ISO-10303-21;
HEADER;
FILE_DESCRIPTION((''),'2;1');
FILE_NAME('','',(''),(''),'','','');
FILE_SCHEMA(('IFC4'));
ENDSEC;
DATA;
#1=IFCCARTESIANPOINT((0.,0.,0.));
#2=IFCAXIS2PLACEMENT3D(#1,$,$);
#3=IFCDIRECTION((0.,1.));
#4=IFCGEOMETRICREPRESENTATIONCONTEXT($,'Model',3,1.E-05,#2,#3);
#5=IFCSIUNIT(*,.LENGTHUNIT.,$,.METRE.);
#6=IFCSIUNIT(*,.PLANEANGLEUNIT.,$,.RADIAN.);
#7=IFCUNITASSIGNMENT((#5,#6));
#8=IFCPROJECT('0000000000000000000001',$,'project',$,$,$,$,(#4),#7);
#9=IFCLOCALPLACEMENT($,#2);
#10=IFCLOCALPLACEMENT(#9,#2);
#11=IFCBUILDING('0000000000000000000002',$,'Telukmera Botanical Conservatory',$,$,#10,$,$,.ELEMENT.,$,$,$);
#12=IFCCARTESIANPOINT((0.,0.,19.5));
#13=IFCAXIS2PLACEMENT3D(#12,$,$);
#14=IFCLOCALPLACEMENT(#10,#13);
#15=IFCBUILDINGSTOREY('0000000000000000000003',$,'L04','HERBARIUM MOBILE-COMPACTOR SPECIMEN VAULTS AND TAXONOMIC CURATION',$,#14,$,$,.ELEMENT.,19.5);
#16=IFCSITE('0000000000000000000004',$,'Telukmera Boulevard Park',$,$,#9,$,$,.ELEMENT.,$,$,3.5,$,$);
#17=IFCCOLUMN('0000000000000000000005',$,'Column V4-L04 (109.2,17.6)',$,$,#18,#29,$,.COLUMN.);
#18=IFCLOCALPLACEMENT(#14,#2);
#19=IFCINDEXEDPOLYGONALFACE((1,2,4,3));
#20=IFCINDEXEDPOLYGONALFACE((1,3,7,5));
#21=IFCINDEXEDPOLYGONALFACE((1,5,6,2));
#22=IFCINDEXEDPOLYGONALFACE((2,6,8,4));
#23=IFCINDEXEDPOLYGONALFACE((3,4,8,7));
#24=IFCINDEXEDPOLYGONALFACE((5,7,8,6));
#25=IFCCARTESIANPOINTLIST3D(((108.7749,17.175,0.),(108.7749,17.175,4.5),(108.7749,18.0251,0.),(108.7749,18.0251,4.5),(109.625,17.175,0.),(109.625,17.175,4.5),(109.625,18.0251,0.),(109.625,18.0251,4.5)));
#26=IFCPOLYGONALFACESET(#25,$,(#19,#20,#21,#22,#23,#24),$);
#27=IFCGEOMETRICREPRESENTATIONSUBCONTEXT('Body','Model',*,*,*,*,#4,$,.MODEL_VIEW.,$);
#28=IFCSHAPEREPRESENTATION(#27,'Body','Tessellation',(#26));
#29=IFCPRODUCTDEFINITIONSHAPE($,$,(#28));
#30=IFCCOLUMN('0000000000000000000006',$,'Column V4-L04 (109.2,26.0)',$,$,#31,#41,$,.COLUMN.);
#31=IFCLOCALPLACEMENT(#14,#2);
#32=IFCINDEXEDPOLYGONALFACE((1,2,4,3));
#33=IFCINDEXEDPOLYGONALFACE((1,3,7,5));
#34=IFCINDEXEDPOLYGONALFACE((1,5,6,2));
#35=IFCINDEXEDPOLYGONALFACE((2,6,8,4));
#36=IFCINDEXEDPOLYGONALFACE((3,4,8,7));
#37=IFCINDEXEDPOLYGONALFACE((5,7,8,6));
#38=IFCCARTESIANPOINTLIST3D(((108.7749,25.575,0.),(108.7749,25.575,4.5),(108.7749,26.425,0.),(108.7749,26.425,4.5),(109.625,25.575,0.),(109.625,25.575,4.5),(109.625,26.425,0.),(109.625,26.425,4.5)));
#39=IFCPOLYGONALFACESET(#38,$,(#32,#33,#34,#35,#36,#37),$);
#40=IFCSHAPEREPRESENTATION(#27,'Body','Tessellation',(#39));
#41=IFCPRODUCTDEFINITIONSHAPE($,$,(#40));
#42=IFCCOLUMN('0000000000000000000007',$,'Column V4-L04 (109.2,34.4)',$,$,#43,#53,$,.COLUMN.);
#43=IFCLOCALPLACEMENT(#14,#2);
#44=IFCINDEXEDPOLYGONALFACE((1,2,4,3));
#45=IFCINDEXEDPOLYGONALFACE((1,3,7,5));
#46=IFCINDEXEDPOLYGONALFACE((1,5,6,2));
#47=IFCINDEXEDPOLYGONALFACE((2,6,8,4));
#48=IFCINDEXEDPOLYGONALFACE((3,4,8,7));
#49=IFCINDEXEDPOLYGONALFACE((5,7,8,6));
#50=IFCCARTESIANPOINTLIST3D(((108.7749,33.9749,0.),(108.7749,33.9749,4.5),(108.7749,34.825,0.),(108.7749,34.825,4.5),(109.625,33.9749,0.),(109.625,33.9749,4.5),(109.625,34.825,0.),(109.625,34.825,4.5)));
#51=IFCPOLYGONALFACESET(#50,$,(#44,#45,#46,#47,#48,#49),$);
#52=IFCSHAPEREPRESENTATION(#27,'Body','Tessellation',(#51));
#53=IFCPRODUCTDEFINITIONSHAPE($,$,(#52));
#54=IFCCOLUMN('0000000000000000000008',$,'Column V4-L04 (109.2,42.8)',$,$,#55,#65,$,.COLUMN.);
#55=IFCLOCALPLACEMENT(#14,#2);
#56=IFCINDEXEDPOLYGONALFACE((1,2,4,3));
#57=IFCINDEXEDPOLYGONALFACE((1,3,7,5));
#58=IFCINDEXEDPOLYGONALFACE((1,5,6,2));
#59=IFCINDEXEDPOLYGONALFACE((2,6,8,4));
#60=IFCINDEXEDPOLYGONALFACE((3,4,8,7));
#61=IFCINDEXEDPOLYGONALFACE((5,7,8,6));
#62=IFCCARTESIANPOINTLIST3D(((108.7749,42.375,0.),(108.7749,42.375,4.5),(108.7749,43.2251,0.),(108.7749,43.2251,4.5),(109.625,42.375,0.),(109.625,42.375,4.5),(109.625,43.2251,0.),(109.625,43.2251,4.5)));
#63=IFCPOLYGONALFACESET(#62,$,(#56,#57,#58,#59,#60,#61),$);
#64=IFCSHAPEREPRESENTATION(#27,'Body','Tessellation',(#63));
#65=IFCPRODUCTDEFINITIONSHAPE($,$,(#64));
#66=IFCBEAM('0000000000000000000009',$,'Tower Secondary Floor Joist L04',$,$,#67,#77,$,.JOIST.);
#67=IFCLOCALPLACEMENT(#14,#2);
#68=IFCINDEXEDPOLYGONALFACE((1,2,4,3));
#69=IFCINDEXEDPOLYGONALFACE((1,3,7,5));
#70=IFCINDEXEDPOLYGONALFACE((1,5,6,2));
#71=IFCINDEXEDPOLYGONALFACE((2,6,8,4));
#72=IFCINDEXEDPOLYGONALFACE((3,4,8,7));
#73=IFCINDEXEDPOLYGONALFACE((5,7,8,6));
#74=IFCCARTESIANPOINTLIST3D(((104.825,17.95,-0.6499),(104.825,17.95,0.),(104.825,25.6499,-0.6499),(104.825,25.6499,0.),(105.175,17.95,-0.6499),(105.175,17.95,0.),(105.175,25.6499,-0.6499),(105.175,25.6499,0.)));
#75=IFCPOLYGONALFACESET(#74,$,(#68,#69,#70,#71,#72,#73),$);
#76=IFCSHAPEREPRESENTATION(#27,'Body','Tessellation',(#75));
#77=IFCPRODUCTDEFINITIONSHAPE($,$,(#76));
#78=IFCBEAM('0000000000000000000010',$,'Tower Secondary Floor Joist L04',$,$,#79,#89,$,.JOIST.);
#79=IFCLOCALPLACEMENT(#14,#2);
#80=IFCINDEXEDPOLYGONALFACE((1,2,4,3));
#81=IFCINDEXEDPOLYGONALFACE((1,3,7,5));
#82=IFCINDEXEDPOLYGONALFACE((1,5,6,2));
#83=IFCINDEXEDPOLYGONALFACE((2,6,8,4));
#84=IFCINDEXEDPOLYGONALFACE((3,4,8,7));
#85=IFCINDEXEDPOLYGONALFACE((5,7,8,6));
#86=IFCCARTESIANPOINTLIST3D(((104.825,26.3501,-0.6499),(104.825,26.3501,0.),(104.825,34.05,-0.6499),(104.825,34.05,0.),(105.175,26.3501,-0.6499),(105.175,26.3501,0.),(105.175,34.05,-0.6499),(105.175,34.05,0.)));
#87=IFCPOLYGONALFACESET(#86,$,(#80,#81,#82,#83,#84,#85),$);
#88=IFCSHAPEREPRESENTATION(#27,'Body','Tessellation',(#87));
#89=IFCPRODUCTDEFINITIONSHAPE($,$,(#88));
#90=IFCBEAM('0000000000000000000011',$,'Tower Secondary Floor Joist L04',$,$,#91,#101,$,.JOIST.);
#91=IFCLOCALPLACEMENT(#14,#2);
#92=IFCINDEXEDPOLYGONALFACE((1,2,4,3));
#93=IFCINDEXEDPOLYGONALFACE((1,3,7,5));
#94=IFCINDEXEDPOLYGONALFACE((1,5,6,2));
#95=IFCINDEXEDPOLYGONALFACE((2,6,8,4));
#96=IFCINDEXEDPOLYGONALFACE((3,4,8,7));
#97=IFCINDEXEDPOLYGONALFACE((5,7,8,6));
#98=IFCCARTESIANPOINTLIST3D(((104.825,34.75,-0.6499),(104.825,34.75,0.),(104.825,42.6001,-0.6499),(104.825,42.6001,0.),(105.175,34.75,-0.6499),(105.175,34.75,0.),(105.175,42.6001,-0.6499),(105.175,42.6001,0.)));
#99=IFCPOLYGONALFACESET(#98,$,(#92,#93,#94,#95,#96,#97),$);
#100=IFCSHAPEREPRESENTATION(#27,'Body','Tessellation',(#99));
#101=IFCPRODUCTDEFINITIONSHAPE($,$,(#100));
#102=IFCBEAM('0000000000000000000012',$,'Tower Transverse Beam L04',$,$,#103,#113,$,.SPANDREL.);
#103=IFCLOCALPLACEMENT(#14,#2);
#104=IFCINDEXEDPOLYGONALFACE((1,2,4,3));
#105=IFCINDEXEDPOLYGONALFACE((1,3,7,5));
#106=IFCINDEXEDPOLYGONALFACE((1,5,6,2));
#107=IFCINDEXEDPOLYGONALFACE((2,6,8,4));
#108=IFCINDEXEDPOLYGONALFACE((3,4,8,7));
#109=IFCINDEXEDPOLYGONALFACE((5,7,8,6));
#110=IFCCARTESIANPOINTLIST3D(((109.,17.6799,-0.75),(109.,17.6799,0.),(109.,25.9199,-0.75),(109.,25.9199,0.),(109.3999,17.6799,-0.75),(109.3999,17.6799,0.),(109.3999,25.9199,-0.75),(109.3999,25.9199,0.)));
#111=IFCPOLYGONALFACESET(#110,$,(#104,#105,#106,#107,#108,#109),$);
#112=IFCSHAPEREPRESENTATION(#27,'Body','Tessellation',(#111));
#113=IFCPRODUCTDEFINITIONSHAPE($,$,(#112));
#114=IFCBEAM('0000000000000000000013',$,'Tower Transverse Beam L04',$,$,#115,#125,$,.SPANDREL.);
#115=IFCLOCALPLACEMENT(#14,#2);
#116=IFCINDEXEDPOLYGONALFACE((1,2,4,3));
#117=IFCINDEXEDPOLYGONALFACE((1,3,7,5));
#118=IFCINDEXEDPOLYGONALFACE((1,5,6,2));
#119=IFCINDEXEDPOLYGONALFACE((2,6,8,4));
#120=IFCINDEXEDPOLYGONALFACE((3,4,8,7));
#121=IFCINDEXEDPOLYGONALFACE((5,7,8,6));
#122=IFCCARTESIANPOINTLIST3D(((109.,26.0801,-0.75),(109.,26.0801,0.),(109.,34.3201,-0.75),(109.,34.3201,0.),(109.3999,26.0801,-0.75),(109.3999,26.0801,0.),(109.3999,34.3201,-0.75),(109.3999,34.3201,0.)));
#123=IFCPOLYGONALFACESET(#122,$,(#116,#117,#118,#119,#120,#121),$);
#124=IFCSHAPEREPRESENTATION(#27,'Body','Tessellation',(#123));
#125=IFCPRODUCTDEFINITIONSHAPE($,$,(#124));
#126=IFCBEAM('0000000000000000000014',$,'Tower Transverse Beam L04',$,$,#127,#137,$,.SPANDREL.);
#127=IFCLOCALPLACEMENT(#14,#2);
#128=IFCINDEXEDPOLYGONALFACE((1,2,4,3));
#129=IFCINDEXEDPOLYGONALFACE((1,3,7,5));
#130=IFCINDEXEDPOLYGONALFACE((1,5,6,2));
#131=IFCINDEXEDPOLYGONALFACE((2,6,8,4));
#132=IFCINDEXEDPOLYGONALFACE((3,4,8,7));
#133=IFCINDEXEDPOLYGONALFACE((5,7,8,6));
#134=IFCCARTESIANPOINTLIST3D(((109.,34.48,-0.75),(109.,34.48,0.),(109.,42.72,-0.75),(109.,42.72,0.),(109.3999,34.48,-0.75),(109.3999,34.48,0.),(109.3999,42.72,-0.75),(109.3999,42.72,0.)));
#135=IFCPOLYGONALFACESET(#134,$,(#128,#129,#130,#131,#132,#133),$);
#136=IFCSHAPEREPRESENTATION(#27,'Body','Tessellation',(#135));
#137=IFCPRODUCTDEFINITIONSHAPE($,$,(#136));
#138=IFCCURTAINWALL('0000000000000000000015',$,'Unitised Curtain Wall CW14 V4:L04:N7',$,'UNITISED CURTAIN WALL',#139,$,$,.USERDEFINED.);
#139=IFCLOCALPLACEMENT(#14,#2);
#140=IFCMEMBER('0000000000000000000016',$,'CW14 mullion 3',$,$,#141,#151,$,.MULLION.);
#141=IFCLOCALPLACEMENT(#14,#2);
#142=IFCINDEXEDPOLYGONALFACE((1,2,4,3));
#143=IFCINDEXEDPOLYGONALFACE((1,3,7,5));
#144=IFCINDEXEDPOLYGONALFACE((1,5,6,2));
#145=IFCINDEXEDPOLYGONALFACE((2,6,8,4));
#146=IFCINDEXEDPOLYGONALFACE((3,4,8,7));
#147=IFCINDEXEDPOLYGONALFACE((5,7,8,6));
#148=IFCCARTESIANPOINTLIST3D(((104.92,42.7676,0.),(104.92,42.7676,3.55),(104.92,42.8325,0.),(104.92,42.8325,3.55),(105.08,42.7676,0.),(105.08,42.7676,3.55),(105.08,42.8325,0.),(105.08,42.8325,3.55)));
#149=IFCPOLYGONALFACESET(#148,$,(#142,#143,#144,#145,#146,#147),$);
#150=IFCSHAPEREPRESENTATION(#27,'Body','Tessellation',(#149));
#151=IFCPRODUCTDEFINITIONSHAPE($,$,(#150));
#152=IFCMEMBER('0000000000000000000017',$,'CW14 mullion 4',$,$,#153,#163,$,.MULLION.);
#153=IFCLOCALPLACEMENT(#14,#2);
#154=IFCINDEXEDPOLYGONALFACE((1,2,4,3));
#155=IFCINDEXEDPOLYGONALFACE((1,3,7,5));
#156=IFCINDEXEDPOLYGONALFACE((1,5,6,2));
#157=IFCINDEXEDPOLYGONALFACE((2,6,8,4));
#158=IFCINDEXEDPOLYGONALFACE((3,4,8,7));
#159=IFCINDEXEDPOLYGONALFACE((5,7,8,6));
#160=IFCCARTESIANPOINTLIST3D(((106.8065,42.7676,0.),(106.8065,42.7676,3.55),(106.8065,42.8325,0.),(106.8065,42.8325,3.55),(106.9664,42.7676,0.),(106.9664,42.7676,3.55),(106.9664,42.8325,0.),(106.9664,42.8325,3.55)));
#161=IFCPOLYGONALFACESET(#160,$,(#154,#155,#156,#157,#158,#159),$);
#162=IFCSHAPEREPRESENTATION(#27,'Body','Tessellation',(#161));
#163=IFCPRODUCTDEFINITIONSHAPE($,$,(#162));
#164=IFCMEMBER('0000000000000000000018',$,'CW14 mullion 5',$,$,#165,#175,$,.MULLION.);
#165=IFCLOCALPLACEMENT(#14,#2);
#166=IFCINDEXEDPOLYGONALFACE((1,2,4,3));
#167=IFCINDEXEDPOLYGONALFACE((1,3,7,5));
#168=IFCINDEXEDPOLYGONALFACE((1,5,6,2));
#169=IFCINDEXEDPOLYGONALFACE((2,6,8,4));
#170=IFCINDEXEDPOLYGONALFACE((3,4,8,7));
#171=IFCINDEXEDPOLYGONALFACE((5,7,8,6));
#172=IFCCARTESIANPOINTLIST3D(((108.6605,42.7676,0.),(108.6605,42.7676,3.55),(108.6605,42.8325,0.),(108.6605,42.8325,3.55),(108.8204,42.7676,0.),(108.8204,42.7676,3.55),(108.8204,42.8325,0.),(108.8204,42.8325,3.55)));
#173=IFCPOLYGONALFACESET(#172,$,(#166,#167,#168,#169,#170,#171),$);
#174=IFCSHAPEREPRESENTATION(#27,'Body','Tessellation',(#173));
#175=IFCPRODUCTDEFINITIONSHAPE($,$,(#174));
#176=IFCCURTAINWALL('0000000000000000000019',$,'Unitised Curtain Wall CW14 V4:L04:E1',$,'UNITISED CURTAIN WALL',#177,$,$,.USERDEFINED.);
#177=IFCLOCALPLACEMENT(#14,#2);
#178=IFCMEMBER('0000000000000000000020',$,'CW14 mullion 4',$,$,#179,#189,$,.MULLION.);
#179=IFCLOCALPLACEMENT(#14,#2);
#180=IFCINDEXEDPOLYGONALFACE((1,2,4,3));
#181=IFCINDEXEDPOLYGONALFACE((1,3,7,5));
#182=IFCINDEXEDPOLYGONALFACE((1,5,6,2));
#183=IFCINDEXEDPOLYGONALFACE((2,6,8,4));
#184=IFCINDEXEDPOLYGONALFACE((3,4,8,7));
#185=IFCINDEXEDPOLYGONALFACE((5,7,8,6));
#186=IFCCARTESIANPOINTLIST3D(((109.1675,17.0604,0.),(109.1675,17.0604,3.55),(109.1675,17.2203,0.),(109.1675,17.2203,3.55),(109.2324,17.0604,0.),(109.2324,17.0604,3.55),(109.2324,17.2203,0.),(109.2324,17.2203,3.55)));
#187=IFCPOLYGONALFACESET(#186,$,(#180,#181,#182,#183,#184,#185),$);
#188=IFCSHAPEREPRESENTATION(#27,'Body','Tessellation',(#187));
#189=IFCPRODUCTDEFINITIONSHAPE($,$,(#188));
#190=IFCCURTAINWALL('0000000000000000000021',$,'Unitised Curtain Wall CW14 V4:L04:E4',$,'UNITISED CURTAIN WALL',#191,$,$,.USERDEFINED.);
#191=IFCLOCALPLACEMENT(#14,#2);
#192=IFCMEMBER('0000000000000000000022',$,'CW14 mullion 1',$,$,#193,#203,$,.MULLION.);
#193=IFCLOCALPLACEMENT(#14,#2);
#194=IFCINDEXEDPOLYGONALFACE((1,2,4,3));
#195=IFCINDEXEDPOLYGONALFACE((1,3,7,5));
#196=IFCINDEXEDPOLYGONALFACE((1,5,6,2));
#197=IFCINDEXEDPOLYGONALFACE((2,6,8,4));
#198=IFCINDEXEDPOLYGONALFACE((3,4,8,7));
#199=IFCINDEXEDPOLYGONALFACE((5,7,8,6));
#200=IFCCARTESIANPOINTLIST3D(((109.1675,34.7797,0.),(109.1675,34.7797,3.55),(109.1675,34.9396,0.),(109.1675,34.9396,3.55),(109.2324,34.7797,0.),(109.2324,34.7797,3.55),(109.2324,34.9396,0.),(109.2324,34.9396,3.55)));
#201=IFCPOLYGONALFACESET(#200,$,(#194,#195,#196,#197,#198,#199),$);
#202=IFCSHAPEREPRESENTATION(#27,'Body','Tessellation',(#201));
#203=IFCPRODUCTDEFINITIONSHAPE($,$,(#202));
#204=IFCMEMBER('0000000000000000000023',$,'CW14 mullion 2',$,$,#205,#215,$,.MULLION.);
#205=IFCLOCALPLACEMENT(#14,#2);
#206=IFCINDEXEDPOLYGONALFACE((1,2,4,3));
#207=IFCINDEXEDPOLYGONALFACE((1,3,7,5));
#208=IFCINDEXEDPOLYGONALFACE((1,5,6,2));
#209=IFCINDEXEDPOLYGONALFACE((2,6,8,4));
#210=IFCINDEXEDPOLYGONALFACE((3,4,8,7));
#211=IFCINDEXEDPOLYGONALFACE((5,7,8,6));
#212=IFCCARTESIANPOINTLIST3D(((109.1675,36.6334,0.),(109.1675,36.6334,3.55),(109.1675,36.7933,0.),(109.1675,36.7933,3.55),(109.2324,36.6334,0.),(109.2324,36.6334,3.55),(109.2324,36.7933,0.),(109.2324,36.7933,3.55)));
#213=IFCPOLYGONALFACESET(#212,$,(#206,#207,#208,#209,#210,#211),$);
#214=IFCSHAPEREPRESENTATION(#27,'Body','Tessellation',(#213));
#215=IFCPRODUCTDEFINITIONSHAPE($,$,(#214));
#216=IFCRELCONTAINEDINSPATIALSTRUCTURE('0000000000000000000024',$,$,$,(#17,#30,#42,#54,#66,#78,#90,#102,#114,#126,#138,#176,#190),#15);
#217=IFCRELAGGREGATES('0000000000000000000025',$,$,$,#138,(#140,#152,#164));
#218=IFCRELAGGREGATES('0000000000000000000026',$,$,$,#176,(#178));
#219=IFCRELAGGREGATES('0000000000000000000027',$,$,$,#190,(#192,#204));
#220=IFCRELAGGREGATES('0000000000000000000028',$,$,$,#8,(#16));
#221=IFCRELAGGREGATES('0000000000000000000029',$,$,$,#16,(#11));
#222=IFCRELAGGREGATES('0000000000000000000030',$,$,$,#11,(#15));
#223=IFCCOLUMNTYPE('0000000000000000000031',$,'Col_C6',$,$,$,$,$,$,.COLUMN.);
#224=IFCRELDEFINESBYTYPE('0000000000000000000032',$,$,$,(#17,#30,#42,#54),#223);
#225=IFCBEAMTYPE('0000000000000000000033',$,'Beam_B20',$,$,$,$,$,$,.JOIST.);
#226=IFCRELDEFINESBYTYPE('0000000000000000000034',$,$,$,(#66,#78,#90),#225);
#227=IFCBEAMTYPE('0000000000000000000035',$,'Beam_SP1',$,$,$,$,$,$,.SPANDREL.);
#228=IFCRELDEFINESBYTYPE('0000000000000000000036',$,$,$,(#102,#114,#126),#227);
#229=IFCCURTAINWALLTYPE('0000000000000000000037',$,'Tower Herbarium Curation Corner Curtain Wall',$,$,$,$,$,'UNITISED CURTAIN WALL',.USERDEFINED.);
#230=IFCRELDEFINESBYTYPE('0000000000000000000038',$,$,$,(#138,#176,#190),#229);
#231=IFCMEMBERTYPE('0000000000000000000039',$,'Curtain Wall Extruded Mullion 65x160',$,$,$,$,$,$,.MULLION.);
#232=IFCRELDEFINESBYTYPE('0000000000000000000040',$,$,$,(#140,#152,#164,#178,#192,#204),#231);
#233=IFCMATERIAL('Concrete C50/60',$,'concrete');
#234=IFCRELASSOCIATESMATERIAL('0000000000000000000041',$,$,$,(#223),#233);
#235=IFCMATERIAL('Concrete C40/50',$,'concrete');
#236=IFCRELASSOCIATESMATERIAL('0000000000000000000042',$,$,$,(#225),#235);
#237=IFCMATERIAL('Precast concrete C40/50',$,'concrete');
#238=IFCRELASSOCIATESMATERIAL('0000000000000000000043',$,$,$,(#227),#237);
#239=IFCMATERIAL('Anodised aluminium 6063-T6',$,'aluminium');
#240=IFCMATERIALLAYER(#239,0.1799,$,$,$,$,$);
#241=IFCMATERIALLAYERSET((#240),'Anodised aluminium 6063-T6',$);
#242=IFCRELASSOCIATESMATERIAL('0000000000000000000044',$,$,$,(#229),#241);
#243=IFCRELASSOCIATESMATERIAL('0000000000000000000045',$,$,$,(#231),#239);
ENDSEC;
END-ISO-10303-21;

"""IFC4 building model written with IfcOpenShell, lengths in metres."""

from ifc_helpers import new_model, si_unit, direction, frame, origin, origin_2d, place, context, subcontext, project, spatial, rectangle, extrude, material, layer, layer_set, material_profile, profile_set, type_object, element, aggregate, save


model = new_model("IFC4")

# Units and contexts
model_context = context("Model", 3, precision=1e-05, world=origin(), true_north=direction((0.0, 1.0)))
body_context = subcontext(model_context, "Body", "Model", "MODEL_VIEW")
ifc_project = project(units=[si_unit("LENGTHUNIT", "METRE"), si_unit("PLANEANGLEUNIT", "RADIAN")], contexts=[model_context])

# Site, building, storey
site_placement = place(None, origin())
site = spatial("IfcSite", under=ifc_project, at=site_placement, Name="Telukmera Boulevard Park", CompositionType="ELEMENT", RefElevation=3.5)
building_placement = place(site_placement, origin())
building = spatial("IfcBuilding", under=site, at=building_placement, Name="Telukmera Botanical Conservatory", CompositionType="ELEMENT")
storey_placement = place(building_placement, frame((0.0, 0.0, 19.5)))
storey = spatial("IfcBuildingStorey", under=building, at=storey_placement, Name="L04", Description="HERBARIUM MOBILE-COMPACTOR SPECIMEN VAULTS AND TAXONOMIC CURATION", CompositionType="ELEMENT", Elevation=19.5)

# Columns
ifc_material_1 = material(Name="Concrete C50/60", Category="concrete")
ifc_material_profile_1 = material_profile(ifc_material_1, rectangle(XDim=0.8501, YDim=0.8501, at=origin_2d()), Name="RC 850x850")
ifc_profile_set_1 = profile_set([ifc_material_profile_1], Name="Concrete C50/60")
column_type = type_object("IfcColumnType", Name="Col_C6", PredefinedType="COLUMN", material=ifc_profile_set_1)
for number, where, z_axis, x_axis, name in (
    (1, (109.2, 17.6001, 0.0), (0.0, 0.0, 1.0), (1.0, 0.0, 0.0), "Column V4-L04 (109.2,17.6)"),
    (2, (109.2, 26.0, 0.0), (0.0, 0.0, 1.0), (1.0, 0.0, 0.0), "Column V4-L04 (109.2,26.0)"),
    (3, (109.2, 34.3999, 0.0), (0.0, 0.0, 1.0), (1.0, 0.0, 0.0), "Column V4-L04 (109.2,34.4)"),
    (4, (109.2, 42.8, 0.0), (0.0, 0.0, 1.0), (1.0, 0.0, 0.0), "Column V4-L04 (109.2,42.8)"),
):
    element("IfcColumn", number, at=place(storey_placement, frame(where, z_axis=z_axis, x_axis=x_axis)), inside=storey, type_object=column_type, Name=name, PredefinedType="COLUMN", context=body_context, shape_type="SweptSolid", body=[
        extrude(rectangle(XDim=0.8501, YDim=0.8501, at=origin_2d()), origin(), (0.0, 0.0, 1.0), 4.5),
    ])

# Beams
ifc_material_2 = material(Name="Concrete C40/50", Category="concrete")
ifc_material_profile_2 = material_profile(ifc_material_2, rectangle(XDim=0.3501, YDim=0.6499, at=origin_2d()), Name="RC 350x650")
ifc_profile_set_2 = profile_set([ifc_material_profile_2], Name="Concrete C40/50")
beam_type_1 = type_object("IfcBeamType", Name="Beam_B20", PredefinedType="JOIST", material=ifc_profile_set_2)
for number, where, z_axis, x_axis, name in (
    (5, (105.0, 17.95, -0.325), (0.0, 1.0, 0.0), (-1.0, 0.0, 0.0), "Tower Secondary Floor Joist L04"),
    (6, (105.0, 26.3501, -0.325), (0.0, 1.0, 0.0), (-1.0, 0.0, 0.0), "Tower Secondary Floor Joist L04"),
):
    element("IfcBeam", number, at=place(storey_placement, frame(where, z_axis=z_axis, x_axis=x_axis)), inside=storey, type_object=beam_type_1, Name=name, PredefinedType="JOIST", context=body_context, shape_type="SweptSolid", body=[
        extrude(rectangle(XDim=0.3501, YDim=0.6499, at=origin_2d()), origin(), (0.0, 0.0, 1.0), 7.7),
    ])
beam_placement = place(storey_placement, frame((105.0, 34.75, -0.325), z_axis=(0.0, 1.0, 0.0), x_axis=(-1.0, 0.0, 0.0)))
element("IfcBeam", 7, at=beam_placement, inside=storey, type_object=beam_type_1, Name="Tower Secondary Floor Joist L04", PredefinedType="JOIST", context=body_context, shape_type="SweptSolid", body=[
    extrude(rectangle(XDim=0.3501, YDim=0.6499, at=origin_2d()), origin(), (0.0, 0.0, 1.0), 7.8501),
])
ifc_material_3 = material(Name="Precast concrete C40/50", Category="concrete")
ifc_material_profile_3 = material_profile(ifc_material_3, rectangle(XDim=0.3999, YDim=0.75, at=origin_2d()), Name="PC 400x750")
ifc_profile_set_3 = profile_set([ifc_material_profile_3], Name="Precast concrete C40/50")
beam_type_2 = type_object("IfcBeamType", Name="Beam_SP1", PredefinedType="SPANDREL", material=ifc_profile_set_3)
for number, where, z_axis, x_axis, name in (
    (8, (109.2, 17.6799, -0.375), (0.0, 1.0, 0.0), (-1.0, 0.0, 0.0), "Tower Transverse Beam L04"),
    (9, (109.2, 26.0801, -0.375), (0.0, 1.0, 0.0), (-1.0, 0.0, 0.0), "Tower Transverse Beam L04"),
    (10, (109.2, 34.48, -0.375), (0.0, 1.0, 0.0), (-1.0, 0.0, 0.0), "Tower Transverse Beam L04"),
):
    element("IfcBeam", number, at=place(storey_placement, frame(where, z_axis=z_axis, x_axis=x_axis)), inside=storey, type_object=beam_type_2, Name=name, PredefinedType="SPANDREL", context=body_context, shape_type="SweptSolid", body=[
        extrude(rectangle(XDim=0.3999, YDim=0.75, at=origin_2d()), origin(), (0.0, 0.0, 1.0), 8.24),
    ])

# Curtain wall, members
ifc_material_4 = material(Name="Anodised aluminium 6063-T6", Category="aluminium")
ifc_layer_1 = layer(ifc_material_4, 0.1799)
ifc_layer_set_1 = layer_set([ifc_layer_1], Name="Anodised aluminium 6063-T6")
curtain_wall_type = type_object("IfcCurtainWallType", Name="Tower Herbarium Curation Corner Curtain Wall", ElementType="UNITISED CURTAIN WALL", PredefinedType="USERDEFINED", material=ifc_layer_set_1)
curtain_wall_1_placement = place(storey_placement, origin())
curtain_wall_1 = element("IfcCurtainWall", 11, at=curtain_wall_1_placement, inside=storey, type_object=curtain_wall_type, Name="Unitised Curtain Wall CW14 V4:L04:N7", ObjectType="UNITISED CURTAIN WALL", PredefinedType="USERDEFINED")
ifc_material_profile_4 = material_profile(ifc_material_4, rectangle(XDim=0.0649, YDim=0.1599, at=origin_2d()), Name="ALU MULL 65x160")
ifc_profile_set_4 = profile_set([ifc_material_profile_4], Name="Anodised aluminium 6063-T6")
member_type_1 = type_object("IfcMemberType", Name="Curtain Wall Extruded Mullion 65x160", PredefinedType="MULLION", material=ifc_profile_set_4)
member_1_placement = place(storey_placement, frame((105.0, 42.8, 0.0), z_axis=(0.0, 0.0, 1.0), x_axis=(0.0, 1.0, 0.0)))
member_1 = element("IfcMember", 12, at=member_1_placement, type_object=member_type_1, Name="CW14 mullion 3", PredefinedType="MULLION", context=body_context, shape_type="SweptSolid", body=[
    extrude(rectangle(XDim=0.0649, YDim=0.1599, at=origin_2d()), origin(), (0.0, 0.0, 1.0), 3.55),
])
member_2_placement = place(storey_placement, frame((106.8865, 42.8, 0.0), z_axis=(0.0, 0.0, 1.0), x_axis=(0.0, 1.0, 0.0)))
member_2 = element("IfcMember", 13, at=member_2_placement, type_object=member_type_1, Name="CW14 mullion 4", PredefinedType="MULLION", context=body_context, shape_type="SweptSolid", body=[
    extrude(rectangle(XDim=0.0649, YDim=0.1599, at=origin_2d()), origin(), (0.0, 0.0, 1.0), 3.55),
])
member_3_placement = place(storey_placement, frame((108.7405, 42.8, 0.0), z_axis=(0.0, 0.0, 1.0), x_axis=(0.0, 1.0, 0.0)))
member_3 = element("IfcMember", 14, at=member_3_placement, type_object=member_type_1, Name="CW14 mullion 5", PredefinedType="MULLION", context=body_context, shape_type="SweptSolid", body=[
    extrude(rectangle(XDim=0.0649, YDim=0.1599, at=origin_2d()), origin(), (0.0, 0.0, 1.0), 3.55),
])

# Curtain wall, member
curtain_wall_2_placement = place(storey_placement, origin())
curtain_wall_2 = element("IfcCurtainWall", 15, at=curtain_wall_2_placement, inside=storey, type_object=curtain_wall_type, Name="Unitised Curtain Wall CW14 V4:L04:E1", ObjectType="UNITISED CURTAIN WALL", PredefinedType="USERDEFINED")
member_4_placement = place(storey_placement, frame((109.2, 17.1404, 0.0), z_axis=(0.0, 0.0, 1.0), x_axis=(-1.0, 0.0, 0.0)))
member_4 = element("IfcMember", 16, at=member_4_placement, type_object=member_type_1, Name="CW14 mullion 4", PredefinedType="MULLION", context=body_context, shape_type="SweptSolid", body=[
    extrude(rectangle(XDim=0.0649, YDim=0.1599, at=origin_2d()), origin(), (0.0, 0.0, 1.0), 3.55),
])

# Curtain wall, members
curtain_wall_3_placement = place(storey_placement, origin())
curtain_wall_3 = element("IfcCurtainWall", 17, at=curtain_wall_3_placement, inside=storey, type_object=curtain_wall_type, Name="Unitised Curtain Wall CW14 V4:L04:E4", ObjectType="UNITISED CURTAIN WALL", PredefinedType="USERDEFINED")
member_5_placement = place(storey_placement, frame((109.2, 34.8596, 0.0), z_axis=(0.0, 0.0, 1.0), x_axis=(-1.0, 0.0, 0.0)))
member_5 = element("IfcMember", 18, at=member_5_placement, type_object=member_type_1, Name="CW14 mullion 1", PredefinedType="MULLION", context=body_context, shape_type="SweptSolid", body=[
    extrude(rectangle(XDim=0.0649, YDim=0.1599, at=origin_2d()), origin(), (0.0, 0.0, 1.0), 3.55),
])
member_6_placement = place(storey_placement, frame((109.2, 36.7134, 0.0), z_axis=(0.0, 0.0, 1.0), x_axis=(-1.0, 0.0, 0.0)))
member_6 = element("IfcMember", 19, at=member_6_placement, type_object=member_type_1, Name="CW14 mullion 2", PredefinedType="MULLION", context=body_context, shape_type="SweptSolid", body=[
    extrude(rectangle(XDim=0.0649, YDim=0.1599, at=origin_2d()), origin(), (0.0, 0.0, 1.0), 3.55),
])

aggregate(curtain_wall_1, [member_1, member_2, member_3])
aggregate(curtain_wall_2, [member_4])
aggregate(curtain_wall_3, [member_5, member_6])

save(model, "model.ifc")
